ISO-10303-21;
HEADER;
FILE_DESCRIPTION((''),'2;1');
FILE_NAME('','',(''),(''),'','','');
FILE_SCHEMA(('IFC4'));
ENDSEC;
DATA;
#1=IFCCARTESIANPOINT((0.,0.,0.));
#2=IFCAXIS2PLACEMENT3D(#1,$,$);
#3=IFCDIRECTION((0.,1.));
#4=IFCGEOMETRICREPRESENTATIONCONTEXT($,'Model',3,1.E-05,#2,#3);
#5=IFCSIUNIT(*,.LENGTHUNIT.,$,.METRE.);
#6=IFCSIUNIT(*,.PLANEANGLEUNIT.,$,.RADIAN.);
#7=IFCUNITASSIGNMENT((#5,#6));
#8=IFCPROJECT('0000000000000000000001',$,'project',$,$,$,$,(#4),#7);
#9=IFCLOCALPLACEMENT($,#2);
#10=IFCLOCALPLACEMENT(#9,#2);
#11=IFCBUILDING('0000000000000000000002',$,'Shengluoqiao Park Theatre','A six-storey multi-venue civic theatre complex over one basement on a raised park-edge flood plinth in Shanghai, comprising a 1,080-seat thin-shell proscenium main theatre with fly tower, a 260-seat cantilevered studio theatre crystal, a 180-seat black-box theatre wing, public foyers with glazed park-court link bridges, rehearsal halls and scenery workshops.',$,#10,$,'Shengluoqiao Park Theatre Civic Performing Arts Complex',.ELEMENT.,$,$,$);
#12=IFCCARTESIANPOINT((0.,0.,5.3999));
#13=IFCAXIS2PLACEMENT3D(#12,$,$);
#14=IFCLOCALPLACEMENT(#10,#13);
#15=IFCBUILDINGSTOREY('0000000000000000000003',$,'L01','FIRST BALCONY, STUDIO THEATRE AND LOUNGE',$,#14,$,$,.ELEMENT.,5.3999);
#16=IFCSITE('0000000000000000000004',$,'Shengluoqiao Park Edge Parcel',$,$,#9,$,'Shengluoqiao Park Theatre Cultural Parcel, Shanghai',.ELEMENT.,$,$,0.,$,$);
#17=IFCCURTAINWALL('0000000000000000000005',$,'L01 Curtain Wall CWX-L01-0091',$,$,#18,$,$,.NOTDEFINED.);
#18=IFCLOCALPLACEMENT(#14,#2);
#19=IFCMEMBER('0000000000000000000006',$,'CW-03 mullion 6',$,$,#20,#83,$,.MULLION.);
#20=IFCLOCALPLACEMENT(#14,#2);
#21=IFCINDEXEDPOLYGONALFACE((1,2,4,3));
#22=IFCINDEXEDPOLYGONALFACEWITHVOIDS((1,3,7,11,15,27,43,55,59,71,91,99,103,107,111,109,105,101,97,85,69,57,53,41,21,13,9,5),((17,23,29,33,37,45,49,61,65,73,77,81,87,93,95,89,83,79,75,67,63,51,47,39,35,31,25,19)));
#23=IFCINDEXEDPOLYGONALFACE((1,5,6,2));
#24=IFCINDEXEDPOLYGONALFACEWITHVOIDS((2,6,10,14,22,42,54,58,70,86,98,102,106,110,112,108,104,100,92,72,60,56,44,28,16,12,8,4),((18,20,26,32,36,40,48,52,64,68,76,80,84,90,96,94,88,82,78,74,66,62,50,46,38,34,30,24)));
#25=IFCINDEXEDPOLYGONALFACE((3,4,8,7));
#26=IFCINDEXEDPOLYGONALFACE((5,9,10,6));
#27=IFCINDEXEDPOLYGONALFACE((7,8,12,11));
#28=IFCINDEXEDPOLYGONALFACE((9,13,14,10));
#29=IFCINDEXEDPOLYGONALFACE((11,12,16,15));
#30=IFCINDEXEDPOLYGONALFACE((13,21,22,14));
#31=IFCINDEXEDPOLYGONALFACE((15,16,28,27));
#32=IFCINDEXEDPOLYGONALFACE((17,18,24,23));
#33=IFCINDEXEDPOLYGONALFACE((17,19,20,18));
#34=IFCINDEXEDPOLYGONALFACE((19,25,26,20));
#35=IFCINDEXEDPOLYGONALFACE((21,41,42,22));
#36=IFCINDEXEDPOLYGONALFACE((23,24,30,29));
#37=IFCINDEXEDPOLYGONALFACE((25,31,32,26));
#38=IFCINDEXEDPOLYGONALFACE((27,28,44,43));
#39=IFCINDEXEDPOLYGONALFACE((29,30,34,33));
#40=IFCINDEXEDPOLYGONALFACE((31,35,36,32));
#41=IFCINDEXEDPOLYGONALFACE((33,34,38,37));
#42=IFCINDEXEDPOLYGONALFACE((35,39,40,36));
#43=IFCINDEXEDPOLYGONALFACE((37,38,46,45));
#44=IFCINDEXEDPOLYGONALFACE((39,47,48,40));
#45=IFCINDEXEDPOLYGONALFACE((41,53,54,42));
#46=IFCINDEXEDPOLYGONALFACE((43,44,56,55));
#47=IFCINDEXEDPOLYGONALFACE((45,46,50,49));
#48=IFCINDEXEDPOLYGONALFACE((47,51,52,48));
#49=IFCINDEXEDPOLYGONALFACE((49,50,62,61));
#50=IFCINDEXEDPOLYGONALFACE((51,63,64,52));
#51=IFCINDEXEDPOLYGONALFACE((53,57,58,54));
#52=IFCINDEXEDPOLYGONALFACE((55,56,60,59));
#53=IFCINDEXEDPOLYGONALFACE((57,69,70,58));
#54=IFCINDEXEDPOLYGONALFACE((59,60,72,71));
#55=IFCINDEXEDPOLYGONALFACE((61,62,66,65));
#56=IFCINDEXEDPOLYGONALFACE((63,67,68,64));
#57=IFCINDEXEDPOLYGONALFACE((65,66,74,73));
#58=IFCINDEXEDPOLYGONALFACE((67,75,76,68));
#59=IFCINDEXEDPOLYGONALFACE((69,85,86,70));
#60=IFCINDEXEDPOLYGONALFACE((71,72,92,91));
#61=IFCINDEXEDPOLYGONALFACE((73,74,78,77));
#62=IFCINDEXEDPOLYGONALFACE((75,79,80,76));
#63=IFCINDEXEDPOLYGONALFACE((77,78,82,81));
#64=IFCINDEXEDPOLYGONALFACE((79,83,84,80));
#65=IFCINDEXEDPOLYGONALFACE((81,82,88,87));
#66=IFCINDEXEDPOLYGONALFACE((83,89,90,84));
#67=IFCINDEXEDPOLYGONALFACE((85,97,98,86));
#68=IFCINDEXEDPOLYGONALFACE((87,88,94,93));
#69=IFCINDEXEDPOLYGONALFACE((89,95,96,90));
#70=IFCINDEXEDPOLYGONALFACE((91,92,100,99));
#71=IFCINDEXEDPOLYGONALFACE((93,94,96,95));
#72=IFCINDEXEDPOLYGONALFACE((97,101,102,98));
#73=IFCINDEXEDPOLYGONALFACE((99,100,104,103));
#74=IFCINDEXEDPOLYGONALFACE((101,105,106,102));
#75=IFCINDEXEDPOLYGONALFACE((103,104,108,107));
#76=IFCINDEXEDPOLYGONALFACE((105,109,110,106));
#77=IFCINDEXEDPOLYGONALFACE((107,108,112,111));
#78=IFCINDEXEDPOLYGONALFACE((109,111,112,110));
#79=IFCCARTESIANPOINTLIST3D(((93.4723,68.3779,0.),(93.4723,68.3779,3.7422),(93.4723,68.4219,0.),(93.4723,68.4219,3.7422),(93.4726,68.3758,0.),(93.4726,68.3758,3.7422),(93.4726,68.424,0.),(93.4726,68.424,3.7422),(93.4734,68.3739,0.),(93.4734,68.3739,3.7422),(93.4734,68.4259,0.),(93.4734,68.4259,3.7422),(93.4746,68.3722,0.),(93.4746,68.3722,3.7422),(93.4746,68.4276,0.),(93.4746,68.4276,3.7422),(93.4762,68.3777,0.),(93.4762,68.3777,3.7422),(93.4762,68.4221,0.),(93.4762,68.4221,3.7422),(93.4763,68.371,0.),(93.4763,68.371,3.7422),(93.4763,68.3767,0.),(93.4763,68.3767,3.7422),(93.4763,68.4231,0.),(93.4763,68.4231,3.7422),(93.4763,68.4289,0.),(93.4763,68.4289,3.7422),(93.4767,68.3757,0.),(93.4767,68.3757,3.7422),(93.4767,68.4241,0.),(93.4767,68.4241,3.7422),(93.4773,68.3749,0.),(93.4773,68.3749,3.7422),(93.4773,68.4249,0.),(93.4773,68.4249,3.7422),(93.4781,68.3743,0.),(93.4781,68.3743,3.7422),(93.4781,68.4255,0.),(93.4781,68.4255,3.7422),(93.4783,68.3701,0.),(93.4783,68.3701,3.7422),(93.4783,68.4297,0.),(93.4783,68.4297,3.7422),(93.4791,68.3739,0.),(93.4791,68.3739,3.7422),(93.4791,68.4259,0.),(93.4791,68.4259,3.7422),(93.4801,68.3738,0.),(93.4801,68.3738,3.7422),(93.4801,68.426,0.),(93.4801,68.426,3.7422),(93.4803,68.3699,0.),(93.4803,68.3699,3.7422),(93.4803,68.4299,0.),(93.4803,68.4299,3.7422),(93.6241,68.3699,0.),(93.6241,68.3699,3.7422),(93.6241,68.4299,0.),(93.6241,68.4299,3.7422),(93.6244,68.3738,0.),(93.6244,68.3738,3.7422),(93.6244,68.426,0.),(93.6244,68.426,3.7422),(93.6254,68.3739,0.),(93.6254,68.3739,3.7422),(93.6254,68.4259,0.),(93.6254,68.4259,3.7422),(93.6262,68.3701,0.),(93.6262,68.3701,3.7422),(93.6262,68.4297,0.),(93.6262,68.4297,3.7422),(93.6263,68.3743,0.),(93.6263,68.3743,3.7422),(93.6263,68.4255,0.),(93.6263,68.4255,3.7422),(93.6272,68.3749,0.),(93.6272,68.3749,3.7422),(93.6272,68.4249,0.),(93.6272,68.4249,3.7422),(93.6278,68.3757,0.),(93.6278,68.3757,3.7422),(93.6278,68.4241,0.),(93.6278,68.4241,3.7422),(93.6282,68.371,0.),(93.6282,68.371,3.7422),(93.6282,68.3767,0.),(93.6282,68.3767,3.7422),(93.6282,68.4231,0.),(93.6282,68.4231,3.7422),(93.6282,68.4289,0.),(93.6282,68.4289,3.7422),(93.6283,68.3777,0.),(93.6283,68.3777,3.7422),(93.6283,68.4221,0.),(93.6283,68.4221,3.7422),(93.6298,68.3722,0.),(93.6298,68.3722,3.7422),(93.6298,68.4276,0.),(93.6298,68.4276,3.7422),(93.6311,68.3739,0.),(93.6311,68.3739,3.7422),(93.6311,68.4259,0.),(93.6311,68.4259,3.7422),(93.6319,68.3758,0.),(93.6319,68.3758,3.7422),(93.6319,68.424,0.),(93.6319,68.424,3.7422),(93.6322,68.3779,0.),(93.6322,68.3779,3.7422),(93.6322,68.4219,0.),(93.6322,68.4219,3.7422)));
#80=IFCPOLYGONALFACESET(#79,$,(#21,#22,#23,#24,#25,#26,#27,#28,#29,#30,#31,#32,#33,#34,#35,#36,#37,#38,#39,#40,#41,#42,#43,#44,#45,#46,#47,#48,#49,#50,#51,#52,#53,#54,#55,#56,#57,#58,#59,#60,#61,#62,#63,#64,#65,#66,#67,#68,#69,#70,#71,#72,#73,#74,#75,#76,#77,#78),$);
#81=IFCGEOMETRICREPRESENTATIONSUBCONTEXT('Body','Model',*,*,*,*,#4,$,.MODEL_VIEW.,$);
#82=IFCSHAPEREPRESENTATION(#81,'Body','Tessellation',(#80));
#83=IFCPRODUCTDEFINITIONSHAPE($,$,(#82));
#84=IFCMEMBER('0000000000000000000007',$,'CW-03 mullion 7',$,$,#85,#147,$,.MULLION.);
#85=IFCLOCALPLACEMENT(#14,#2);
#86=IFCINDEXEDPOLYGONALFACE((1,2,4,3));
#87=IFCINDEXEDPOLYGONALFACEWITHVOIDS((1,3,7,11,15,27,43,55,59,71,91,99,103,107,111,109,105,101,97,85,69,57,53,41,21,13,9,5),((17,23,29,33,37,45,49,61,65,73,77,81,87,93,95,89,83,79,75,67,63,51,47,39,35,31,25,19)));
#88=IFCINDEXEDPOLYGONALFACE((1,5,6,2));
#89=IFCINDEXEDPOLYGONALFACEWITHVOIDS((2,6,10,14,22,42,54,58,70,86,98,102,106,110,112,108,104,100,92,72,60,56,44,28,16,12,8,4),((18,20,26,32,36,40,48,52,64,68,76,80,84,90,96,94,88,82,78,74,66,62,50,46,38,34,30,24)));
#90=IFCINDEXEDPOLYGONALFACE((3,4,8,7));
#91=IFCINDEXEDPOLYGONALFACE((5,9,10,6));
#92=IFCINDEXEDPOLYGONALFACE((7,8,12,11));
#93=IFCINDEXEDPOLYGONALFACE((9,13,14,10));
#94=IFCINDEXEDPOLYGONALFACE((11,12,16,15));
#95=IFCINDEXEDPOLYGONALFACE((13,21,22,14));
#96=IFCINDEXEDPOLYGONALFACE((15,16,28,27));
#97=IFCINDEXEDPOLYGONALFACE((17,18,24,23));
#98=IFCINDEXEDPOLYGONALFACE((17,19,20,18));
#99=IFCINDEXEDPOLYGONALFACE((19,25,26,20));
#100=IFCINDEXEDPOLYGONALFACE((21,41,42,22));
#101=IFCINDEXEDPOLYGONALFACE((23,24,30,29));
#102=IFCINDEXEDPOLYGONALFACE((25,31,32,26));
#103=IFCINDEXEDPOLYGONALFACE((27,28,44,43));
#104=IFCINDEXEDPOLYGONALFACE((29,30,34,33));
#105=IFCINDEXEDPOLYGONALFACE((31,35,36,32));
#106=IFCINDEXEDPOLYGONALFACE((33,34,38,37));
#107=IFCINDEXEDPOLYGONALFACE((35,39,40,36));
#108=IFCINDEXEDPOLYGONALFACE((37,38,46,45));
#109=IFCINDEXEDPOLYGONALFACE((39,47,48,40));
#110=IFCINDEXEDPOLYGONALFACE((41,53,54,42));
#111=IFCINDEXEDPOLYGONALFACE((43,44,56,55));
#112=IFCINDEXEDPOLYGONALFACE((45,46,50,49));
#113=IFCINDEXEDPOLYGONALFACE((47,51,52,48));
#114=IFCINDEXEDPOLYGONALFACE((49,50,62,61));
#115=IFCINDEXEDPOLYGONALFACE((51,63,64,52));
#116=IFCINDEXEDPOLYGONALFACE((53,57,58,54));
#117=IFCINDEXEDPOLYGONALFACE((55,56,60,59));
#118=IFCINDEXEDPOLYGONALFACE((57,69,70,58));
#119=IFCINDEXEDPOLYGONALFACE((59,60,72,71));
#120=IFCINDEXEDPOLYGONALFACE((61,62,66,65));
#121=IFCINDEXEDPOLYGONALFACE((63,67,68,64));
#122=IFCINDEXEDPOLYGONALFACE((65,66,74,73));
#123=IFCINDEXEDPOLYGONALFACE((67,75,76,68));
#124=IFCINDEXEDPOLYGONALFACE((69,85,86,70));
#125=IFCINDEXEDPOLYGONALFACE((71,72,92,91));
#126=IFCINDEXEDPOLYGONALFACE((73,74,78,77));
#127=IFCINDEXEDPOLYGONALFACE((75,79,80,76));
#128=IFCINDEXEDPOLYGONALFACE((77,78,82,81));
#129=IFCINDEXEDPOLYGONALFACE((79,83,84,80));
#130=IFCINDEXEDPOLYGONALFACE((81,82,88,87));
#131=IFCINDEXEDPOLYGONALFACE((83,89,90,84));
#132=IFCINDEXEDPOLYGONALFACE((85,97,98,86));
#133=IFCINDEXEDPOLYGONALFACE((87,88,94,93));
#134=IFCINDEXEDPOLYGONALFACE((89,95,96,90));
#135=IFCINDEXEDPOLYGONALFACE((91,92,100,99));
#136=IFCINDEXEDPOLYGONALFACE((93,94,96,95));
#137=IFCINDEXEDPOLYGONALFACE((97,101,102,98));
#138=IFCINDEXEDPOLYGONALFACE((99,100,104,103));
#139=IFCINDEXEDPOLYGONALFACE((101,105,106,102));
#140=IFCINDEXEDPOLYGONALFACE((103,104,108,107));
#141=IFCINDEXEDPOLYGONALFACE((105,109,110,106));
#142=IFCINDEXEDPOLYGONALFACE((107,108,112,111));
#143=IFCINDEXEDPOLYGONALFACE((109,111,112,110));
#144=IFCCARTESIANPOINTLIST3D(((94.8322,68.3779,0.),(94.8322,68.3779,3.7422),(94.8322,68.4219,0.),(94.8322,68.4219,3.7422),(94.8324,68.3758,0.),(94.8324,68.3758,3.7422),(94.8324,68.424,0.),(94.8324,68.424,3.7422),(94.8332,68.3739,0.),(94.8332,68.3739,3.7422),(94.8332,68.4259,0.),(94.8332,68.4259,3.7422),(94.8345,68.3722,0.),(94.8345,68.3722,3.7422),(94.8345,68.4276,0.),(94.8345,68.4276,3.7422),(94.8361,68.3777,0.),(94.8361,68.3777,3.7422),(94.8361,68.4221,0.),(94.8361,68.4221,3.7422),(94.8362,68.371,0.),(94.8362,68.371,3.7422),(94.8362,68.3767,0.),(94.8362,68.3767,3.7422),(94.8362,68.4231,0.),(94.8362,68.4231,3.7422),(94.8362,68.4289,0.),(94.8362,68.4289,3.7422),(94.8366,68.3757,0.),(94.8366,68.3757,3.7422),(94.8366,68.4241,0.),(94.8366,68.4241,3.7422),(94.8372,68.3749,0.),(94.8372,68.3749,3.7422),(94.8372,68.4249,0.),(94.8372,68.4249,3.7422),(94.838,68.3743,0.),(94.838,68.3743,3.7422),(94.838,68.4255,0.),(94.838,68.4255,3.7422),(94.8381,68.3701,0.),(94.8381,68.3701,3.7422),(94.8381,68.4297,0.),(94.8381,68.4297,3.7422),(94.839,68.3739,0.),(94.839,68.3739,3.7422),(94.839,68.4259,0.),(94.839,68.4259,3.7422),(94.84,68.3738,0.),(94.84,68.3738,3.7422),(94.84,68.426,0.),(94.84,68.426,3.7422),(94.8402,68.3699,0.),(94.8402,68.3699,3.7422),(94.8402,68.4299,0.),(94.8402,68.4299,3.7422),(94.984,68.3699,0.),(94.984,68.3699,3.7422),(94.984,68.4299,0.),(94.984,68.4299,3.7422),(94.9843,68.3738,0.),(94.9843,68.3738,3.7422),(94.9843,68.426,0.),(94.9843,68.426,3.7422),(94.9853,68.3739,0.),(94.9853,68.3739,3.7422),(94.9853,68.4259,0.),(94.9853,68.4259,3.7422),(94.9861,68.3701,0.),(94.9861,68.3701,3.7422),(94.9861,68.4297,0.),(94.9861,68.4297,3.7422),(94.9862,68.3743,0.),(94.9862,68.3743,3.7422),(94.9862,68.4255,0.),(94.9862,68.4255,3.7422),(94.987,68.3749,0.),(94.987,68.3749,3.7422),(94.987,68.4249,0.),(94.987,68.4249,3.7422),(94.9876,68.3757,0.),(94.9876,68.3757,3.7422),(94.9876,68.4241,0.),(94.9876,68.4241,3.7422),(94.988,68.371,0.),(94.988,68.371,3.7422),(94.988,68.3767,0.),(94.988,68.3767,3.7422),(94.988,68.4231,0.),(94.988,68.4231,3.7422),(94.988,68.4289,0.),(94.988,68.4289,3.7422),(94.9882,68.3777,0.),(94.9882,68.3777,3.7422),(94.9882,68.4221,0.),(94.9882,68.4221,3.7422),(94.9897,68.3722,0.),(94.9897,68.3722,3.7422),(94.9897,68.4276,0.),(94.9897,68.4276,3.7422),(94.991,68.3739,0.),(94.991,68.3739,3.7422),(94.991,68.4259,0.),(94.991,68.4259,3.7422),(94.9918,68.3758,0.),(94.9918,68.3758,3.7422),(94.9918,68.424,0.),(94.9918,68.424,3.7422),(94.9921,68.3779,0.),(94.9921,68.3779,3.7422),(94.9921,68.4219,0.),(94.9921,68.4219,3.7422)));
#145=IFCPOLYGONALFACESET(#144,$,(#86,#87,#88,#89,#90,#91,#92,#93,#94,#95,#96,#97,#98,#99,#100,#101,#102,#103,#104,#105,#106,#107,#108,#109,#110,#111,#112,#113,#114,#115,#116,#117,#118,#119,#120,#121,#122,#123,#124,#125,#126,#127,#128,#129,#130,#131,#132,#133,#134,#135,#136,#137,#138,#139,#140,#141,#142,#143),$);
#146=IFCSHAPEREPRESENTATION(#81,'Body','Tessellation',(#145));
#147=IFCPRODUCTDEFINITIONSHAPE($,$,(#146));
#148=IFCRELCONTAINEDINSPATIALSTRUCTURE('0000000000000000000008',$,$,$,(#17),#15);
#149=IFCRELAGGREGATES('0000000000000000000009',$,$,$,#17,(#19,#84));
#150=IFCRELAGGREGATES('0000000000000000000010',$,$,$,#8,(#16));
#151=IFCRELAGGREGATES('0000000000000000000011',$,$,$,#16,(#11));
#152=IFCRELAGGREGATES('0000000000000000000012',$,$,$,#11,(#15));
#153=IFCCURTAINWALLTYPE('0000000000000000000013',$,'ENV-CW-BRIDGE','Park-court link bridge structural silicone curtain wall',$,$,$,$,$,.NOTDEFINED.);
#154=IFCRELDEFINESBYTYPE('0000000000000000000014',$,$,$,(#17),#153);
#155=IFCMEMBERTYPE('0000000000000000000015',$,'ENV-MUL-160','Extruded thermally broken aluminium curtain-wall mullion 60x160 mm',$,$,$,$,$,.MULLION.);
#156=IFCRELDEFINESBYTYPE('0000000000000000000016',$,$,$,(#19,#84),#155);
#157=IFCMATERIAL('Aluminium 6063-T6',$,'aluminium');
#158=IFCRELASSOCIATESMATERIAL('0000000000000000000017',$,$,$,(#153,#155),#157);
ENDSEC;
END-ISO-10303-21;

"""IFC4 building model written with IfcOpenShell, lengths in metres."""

from ifc_helpers import new_model, si_unit, direction, frame, origin, origin_2d, place, context, subcontext, project, spatial, hollow_rectangle, extrude, material, material_profile, profile_set, type_object, element, aggregate, save


model = new_model("IFC4")

# Units and contexts
model_context = context("Model", 3, precision=1e-05, world=origin(), true_north=direction((0.0, 1.0)))
body_context = subcontext(model_context, "Body", "Model", "MODEL_VIEW")
ifc_project = project(units=[si_unit("LENGTHUNIT", "METRE"), si_unit("PLANEANGLEUNIT", "RADIAN")], contexts=[model_context])

# Site, building, storey
site_placement = place(None, origin())
site = spatial("IfcSite", under=ifc_project, at=site_placement, Name="Shengluoqiao Park Edge Parcel", LongName="Shengluoqiao Park Theatre Cultural Parcel, Shanghai", CompositionType="ELEMENT", RefElevation=0.0)
building_placement = place(site_placement, origin())
building = spatial("IfcBuilding", under=site, at=building_placement, Name="Shengluoqiao Park Theatre", Description="A six-storey multi-venue civic theatre complex over one basement on a raised park-edge flood plinth in Shanghai, comprising a 1,080-seat thin-shell proscenium main theatre with fly tower, a 260-seat cantilevered studio theatre crystal, a 180-seat black-box theatre wing, public foyers with glazed park-court link bridges, rehearsal halls and scenery workshops.", LongName="Shengluoqiao Park Theatre Civic Performing Arts Complex", CompositionType="ELEMENT")
storey_placement = place(building_placement, frame((0.0, 0.0, 5.3999)))
storey = spatial("IfcBuildingStorey", under=building, at=storey_placement, Name="L01", Description="FIRST BALCONY, STUDIO THEATRE AND LOUNGE", CompositionType="ELEMENT", Elevation=5.3999)

# Curtain wall, members
ifc_material_1 = material(Name="Aluminium 6063-T6", Category="aluminium")
curtain_wall_type = type_object("IfcCurtainWallType", Name="ENV-CW-BRIDGE", Description="Park-court link bridge structural silicone curtain wall", PredefinedType="NOTDEFINED", material=ifc_material_1)
curtain_wall_1_placement = place(storey_placement, origin())
curtain_wall_1 = element("IfcCurtainWall", 1, at=curtain_wall_1_placement, inside=storey, type_object=curtain_wall_type, Name="L01 Curtain Wall CWX-L01-0091", PredefinedType="NOTDEFINED")
ifc_material_profile_1 = material_profile(ifc_material_1, hollow_rectangle(XDim=0.0601, YDim=0.1599, WallThickness=0.0039, InnerFilletRadius=0.0039, OuterFilletRadius=0.0081, at=origin_2d()), Name="ALU MULLION 160x60x4")
ifc_profile_set_1 = profile_set([ifc_material_profile_1], Name="Aluminium 6063-T6")
member_type_1 = type_object("IfcMemberType", Name="ENV-MUL-160", Description="Extruded thermally broken aluminium curtain-wall mullion 60x160 mm", PredefinedType="MULLION", material=ifc_profile_set_1)
member_1_placement = place(storey_placement, frame((93.5522, 68.3999, 0.0), z_axis=(0.0, 0.0, 1.0), x_axis=(0.0, 1.0, 0.0)))
member_1 = element("IfcMember", 2, at=member_1_placement, type_object=member_type_1, Name="CW-03 mullion 6", PredefinedType="MULLION", context=body_context, shape_type="SweptSolid", body=[
    extrude(hollow_rectangle(XDim=0.0601, YDim=0.1599, WallThickness=0.0039, InnerFilletRadius=0.0039, OuterFilletRadius=0.0081, at=origin_2d()), origin(), (0.0, 0.0, 1.0), 3.7422),
])
member_2_placement = place(storey_placement, frame((94.9121, 68.3999, 0.0), z_axis=(0.0, 0.0, 1.0), x_axis=(0.0, 1.0, 0.0)))
member_2 = element("IfcMember", 3, at=member_2_placement, type_object=member_type_1, Name="CW-03 mullion 7", PredefinedType="MULLION", context=body_context, shape_type="SweptSolid", body=[
    extrude(hollow_rectangle(XDim=0.0601, YDim=0.1599, WallThickness=0.0039, InnerFilletRadius=0.0039, OuterFilletRadius=0.0081, at=origin_2d()), origin(), (0.0, 0.0, 1.0), 3.7422),
])

aggregate(curtain_wall_1, [member_1, member_2])

save(model, "model.ifc")
